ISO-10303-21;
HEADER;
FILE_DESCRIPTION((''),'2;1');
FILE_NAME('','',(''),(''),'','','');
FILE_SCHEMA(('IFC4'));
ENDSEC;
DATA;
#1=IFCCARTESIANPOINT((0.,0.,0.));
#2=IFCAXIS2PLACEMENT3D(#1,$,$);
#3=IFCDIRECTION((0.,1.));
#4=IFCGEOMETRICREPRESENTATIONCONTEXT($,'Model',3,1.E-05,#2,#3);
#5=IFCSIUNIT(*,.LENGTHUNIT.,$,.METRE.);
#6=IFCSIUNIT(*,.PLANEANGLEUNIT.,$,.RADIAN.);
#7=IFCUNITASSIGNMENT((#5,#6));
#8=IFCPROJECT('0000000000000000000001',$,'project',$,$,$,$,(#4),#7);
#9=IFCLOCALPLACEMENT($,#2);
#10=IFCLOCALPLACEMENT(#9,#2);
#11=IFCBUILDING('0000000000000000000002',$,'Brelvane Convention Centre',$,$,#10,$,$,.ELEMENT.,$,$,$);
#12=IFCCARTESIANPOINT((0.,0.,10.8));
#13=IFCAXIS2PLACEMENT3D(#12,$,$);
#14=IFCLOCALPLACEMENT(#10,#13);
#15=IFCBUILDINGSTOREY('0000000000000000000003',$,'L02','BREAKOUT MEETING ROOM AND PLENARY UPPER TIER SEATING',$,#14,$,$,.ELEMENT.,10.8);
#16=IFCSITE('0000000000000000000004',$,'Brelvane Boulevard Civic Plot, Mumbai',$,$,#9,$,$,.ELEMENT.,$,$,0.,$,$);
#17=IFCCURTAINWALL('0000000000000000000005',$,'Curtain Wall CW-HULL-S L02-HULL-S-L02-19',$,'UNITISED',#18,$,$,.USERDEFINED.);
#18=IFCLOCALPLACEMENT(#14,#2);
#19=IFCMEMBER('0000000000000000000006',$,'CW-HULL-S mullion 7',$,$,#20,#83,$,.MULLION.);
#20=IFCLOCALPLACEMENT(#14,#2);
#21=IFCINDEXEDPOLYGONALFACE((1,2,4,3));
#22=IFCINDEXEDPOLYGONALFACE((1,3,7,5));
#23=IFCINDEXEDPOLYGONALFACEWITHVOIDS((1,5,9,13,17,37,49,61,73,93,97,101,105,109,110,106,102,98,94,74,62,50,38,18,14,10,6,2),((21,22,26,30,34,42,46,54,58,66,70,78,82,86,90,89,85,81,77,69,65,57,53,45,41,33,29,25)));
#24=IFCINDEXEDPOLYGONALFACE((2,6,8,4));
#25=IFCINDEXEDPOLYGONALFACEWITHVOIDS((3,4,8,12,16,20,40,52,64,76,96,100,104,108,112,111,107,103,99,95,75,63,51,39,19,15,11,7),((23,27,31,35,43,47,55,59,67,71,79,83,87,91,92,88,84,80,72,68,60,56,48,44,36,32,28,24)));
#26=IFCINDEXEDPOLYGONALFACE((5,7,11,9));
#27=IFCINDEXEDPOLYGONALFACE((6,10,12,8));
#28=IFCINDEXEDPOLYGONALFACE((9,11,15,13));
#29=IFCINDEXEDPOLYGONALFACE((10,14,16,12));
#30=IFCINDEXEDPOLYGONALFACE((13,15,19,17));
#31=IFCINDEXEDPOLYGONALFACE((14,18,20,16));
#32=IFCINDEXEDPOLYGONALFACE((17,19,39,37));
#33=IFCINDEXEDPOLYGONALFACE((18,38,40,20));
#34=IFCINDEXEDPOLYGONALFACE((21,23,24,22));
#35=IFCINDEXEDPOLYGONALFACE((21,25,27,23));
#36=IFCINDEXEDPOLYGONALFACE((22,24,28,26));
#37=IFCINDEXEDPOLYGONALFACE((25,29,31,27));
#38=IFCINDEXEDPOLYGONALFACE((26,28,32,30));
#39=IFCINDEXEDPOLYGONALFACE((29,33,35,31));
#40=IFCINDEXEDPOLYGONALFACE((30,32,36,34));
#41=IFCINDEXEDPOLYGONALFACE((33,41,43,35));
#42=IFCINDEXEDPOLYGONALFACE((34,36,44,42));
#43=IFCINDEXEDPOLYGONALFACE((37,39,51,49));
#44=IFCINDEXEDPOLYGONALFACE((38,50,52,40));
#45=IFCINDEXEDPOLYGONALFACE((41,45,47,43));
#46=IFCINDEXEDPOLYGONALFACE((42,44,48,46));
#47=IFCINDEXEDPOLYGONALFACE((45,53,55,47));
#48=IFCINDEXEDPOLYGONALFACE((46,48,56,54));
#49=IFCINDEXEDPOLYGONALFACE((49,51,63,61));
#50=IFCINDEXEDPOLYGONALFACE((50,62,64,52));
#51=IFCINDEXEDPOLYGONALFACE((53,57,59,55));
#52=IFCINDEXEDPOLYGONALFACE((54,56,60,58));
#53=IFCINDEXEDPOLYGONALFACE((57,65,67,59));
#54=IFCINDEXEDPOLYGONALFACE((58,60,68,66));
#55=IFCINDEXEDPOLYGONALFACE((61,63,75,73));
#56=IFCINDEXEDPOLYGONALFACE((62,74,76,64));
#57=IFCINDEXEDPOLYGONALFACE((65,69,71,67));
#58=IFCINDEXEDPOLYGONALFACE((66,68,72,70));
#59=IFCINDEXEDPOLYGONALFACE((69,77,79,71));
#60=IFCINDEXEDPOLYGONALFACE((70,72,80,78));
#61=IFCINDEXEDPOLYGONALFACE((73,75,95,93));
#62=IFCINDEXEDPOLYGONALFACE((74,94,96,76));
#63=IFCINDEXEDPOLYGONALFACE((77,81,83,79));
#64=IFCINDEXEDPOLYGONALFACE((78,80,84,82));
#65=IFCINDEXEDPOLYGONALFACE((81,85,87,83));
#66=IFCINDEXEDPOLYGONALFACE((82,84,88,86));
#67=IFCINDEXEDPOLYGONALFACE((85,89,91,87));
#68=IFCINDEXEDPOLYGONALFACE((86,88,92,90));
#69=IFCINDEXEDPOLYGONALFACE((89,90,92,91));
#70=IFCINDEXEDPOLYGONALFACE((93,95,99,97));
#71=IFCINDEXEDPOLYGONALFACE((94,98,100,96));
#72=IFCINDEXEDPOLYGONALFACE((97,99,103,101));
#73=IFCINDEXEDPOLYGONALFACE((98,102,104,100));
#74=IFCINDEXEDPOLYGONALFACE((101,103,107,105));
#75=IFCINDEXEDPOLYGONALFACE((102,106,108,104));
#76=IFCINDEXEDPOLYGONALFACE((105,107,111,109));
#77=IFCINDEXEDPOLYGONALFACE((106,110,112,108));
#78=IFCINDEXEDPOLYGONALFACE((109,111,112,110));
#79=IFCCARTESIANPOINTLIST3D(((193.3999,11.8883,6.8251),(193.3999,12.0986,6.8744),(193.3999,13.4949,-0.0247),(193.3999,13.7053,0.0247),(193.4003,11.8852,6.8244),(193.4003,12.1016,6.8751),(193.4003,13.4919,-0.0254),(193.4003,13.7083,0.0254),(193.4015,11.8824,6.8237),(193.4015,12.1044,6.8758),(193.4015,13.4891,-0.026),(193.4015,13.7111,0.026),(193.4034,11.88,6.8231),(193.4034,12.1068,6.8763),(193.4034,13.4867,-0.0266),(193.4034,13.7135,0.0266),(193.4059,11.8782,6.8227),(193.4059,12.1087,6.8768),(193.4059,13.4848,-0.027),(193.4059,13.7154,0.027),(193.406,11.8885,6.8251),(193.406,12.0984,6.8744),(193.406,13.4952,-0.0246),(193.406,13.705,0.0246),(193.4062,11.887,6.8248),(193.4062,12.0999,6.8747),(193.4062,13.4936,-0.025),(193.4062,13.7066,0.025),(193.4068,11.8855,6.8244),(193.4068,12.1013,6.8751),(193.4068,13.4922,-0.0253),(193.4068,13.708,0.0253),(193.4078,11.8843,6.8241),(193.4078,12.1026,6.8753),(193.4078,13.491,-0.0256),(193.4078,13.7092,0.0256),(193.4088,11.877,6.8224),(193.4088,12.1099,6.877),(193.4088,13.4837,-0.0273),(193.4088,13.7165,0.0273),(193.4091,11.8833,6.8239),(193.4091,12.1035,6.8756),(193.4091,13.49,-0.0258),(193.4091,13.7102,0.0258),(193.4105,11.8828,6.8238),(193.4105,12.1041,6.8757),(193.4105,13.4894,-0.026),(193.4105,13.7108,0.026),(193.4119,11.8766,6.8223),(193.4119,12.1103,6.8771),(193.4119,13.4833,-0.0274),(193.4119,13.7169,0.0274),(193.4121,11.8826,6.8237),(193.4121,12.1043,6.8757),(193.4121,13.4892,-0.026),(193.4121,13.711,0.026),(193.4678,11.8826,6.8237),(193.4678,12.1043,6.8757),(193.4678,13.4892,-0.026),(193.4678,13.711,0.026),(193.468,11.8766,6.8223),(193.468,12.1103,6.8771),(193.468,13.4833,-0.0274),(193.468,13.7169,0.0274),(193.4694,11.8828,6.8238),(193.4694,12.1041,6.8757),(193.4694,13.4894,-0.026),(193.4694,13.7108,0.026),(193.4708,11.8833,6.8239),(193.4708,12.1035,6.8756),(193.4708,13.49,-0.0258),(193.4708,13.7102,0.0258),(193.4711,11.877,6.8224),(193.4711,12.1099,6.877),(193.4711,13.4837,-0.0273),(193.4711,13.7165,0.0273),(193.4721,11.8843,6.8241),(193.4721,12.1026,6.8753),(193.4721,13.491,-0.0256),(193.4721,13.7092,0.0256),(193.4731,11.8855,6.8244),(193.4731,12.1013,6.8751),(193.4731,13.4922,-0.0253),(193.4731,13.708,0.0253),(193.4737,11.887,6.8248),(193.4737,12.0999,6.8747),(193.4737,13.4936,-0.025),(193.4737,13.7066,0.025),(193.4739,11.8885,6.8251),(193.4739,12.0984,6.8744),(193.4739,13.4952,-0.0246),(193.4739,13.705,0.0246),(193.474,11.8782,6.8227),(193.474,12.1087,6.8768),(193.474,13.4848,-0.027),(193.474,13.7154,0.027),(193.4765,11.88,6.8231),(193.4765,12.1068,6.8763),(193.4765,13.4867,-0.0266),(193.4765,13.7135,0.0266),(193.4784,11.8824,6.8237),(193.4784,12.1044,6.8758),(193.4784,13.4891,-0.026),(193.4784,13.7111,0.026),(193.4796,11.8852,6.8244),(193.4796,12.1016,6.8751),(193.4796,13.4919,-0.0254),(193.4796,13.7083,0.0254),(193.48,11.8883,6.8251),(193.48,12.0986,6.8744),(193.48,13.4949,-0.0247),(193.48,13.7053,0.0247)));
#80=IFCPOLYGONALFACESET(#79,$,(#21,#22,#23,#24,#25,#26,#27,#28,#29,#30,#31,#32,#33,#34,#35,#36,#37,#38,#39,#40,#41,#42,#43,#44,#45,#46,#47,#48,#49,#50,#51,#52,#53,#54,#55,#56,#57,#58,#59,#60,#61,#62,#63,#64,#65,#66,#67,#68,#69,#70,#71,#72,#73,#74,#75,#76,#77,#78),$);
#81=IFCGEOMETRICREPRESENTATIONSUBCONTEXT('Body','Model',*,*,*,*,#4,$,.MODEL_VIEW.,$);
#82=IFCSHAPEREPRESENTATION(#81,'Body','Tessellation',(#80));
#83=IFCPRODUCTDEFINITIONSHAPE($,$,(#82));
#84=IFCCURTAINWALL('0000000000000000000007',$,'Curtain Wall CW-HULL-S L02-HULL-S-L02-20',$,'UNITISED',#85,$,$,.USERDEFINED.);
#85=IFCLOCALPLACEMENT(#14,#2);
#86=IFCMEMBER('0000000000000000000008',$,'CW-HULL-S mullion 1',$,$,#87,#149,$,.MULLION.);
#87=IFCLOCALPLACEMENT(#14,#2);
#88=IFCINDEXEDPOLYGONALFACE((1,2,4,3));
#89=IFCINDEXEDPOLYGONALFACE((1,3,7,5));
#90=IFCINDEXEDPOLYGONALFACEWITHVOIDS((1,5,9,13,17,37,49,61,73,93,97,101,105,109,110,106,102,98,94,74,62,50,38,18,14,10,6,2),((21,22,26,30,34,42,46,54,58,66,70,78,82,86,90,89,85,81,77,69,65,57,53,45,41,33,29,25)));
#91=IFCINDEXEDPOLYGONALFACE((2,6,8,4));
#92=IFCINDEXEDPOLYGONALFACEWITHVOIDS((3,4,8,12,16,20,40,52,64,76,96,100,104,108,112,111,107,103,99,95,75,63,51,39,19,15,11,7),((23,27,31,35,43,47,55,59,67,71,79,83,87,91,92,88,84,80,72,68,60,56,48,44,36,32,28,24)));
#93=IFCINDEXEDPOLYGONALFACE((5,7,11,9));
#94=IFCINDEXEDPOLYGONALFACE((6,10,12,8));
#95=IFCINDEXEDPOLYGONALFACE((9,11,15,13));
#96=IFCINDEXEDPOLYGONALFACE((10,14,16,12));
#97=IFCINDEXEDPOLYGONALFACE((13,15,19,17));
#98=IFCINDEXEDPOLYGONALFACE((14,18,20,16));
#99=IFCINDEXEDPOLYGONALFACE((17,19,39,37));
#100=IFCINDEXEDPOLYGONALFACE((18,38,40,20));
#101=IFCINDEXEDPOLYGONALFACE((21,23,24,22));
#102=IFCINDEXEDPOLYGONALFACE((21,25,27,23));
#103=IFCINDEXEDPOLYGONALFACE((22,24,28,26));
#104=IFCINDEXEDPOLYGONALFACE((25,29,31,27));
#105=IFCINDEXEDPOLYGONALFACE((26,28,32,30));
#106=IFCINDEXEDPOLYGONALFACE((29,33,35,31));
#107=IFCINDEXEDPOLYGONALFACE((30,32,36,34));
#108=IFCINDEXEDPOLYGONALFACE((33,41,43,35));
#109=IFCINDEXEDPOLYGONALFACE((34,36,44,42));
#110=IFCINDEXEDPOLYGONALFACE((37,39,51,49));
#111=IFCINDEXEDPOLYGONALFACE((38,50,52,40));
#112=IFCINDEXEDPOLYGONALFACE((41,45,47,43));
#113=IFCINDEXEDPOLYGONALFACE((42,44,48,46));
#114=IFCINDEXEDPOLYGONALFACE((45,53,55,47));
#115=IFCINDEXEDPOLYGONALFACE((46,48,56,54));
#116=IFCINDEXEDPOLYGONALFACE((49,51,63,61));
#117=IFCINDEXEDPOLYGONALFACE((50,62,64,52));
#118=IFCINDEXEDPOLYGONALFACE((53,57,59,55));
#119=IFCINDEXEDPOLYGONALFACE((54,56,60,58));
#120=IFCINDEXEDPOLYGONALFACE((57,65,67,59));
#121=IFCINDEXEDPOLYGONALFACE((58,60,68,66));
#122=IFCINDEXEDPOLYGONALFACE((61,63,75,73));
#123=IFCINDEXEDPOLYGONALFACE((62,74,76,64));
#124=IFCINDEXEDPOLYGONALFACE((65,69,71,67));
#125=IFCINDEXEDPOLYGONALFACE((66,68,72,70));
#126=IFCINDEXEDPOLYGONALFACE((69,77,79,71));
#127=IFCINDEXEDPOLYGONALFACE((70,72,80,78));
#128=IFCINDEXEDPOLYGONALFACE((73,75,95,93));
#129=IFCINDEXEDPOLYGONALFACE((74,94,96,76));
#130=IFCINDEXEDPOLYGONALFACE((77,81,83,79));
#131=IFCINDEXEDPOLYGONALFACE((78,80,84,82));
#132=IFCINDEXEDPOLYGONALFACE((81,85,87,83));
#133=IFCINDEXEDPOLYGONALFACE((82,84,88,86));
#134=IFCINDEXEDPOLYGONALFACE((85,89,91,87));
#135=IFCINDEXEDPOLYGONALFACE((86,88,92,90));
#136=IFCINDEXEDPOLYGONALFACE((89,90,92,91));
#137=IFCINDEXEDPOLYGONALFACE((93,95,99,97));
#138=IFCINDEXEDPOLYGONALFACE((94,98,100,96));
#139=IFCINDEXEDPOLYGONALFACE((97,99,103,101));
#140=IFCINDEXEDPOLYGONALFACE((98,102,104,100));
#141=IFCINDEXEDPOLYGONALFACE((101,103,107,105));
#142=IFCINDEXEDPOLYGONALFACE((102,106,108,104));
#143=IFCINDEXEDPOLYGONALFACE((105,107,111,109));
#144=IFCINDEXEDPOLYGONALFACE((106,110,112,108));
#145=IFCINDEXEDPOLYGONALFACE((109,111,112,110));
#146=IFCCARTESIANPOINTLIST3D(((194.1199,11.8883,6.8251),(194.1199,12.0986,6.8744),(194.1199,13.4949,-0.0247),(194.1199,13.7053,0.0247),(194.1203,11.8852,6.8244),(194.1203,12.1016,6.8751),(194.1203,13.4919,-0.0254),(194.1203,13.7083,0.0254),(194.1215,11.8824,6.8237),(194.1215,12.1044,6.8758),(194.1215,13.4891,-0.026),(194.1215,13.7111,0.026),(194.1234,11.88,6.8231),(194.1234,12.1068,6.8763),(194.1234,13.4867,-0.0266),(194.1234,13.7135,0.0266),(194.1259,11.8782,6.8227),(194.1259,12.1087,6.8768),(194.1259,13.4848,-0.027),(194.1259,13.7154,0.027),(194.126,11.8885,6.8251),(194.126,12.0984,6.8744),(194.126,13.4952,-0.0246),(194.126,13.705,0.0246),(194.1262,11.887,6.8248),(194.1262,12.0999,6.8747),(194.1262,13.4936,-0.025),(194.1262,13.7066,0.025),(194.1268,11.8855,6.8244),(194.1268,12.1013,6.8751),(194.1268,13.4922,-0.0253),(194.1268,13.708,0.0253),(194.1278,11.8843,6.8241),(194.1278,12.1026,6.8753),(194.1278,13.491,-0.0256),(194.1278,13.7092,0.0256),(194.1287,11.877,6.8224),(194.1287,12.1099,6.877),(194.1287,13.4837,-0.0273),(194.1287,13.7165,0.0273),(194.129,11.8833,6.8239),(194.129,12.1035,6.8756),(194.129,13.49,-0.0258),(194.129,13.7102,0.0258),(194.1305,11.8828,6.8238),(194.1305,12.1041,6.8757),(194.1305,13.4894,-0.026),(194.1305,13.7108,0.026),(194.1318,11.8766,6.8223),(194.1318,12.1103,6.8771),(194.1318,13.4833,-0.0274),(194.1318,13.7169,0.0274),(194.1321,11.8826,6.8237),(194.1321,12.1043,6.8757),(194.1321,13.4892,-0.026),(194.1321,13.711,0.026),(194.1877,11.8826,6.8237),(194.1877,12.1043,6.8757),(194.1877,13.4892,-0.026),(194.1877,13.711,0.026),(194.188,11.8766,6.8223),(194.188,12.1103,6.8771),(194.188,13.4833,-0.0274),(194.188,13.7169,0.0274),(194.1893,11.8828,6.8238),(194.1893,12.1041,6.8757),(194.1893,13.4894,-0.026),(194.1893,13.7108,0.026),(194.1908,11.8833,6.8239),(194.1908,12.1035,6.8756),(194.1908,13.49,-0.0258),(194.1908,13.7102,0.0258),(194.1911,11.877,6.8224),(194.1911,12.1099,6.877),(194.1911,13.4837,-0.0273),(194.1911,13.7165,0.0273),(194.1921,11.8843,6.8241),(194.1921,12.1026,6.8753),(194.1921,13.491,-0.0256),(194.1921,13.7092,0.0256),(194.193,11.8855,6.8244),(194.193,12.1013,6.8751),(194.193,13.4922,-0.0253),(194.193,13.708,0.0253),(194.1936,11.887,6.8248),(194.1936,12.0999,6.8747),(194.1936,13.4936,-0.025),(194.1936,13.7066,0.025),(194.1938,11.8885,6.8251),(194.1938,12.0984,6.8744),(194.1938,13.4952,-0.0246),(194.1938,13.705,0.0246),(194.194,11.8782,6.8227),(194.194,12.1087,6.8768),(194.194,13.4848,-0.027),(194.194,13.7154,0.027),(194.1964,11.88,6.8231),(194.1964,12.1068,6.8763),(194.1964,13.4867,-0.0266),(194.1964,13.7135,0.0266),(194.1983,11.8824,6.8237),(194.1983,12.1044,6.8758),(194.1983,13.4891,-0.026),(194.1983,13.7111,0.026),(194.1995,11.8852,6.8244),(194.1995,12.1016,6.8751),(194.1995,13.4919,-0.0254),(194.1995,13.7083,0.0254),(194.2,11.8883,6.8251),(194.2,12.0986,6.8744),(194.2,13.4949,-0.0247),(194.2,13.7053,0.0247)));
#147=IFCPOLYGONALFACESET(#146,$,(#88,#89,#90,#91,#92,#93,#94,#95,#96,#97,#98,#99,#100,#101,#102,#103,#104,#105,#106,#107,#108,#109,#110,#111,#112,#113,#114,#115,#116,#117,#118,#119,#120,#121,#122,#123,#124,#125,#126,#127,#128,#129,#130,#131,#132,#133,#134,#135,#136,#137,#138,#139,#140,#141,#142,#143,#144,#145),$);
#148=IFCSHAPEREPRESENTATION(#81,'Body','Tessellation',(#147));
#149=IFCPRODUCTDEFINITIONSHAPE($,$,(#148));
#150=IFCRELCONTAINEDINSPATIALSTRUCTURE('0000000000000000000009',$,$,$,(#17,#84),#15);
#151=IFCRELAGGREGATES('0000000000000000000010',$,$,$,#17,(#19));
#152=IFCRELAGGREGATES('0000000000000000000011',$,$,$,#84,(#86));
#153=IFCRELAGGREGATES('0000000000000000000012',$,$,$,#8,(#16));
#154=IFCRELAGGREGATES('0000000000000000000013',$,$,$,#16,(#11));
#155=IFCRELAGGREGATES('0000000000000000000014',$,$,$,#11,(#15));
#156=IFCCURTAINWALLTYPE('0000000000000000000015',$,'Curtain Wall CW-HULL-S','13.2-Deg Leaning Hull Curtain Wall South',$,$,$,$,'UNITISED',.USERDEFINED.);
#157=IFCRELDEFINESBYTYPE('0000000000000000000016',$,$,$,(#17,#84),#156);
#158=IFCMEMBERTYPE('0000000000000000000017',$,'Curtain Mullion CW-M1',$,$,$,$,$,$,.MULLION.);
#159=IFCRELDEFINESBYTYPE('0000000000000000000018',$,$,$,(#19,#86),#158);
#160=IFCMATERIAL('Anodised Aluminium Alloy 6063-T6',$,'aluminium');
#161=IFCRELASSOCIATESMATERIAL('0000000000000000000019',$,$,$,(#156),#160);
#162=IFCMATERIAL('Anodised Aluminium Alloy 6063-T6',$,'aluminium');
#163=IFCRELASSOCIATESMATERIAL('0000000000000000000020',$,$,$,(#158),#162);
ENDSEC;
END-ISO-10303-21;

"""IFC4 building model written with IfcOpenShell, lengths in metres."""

from ifc_helpers import new_model, si_unit, direction, frame, origin, origin_2d, place, context, subcontext, project, spatial, hollow_rectangle, extrude, material, material_profile, profile_set, type_object, element, aggregate, save


model = new_model("IFC4")

# Units and contexts
model_context = context("Model", 3, precision=1e-05, world=origin(), true_north=direction((0.0, 1.0)))
body_context = subcontext(model_context, "Body", "Model", "MODEL_VIEW")
ifc_project = project(units=[si_unit("LENGTHUNIT", "METRE"), si_unit("PLANEANGLEUNIT", "RADIAN")], contexts=[model_context])

# Site, building, storey
site_placement = place(None, origin())
site = spatial("IfcSite", under=ifc_project, at=site_placement, Name="Brelvane Boulevard Civic Plot, Mumbai", CompositionType="ELEMENT", RefElevation=0.0)
building_placement = place(site_placement, origin())
building = spatial("IfcBuilding", under=site, at=building_placement, Name="Brelvane Convention Centre", CompositionType="ELEMENT")
storey_placement = place(building_placement, frame((0.0, 0.0, 10.8)))
storey = spatial("IfcBuildingStorey", under=building, at=storey_placement, Name="L02", Description="BREAKOUT MEETING ROOM AND PLENARY UPPER TIER SEATING", CompositionType="ELEMENT", Elevation=10.8)

# Curtain walls, members
ifc_material_1 = material(Name="Anodised Aluminium Alloy 6063-T6", Category="aluminium")
curtain_wall_type = type_object("IfcCurtainWallType", Name="Curtain Wall CW-HULL-S", Description="13.2-Deg Leaning Hull Curtain Wall South", ElementType="UNITISED", PredefinedType="USERDEFINED", material=ifc_material_1)
curtain_wall_1_placement = place(storey_placement, origin())
curtain_wall_1 = element("IfcCurtainWall", 1, at=curtain_wall_1_placement, inside=storey, type_object=curtain_wall_type, Name="Curtain Wall CW-HULL-S L02-HULL-S-L02-19", ObjectType="UNITISED", PredefinedType="USERDEFINED")
ifc_material_2 = material(Name="Anodised Aluminium Alloy 6063-T6", Category="aluminium")
ifc_material_profile_1 = material_profile(ifc_material_2, hollow_rectangle(XDim=0.0801, YDim=0.24, WallThickness=0.0061, InnerFilletRadius=0.0061, OuterFilletRadius=0.012, at=origin_2d()), Name="ALU-M 240x80x6.0")
ifc_profile_set_1 = profile_set([ifc_material_profile_1], Name="Anodised Aluminium Alloy 6063-T6")
member_type_1 = type_object("IfcMemberType", Name="Curtain Mullion CW-M1", PredefinedType="MULLION", material=ifc_profile_set_1)
member_1_placement = place(storey_placement, frame((193.4399, 13.6001, 0.0), z_axis=(0.0, -0.22836, 0.973577), x_axis=(1.0, 0.0, 0.0)))
member_1 = element("IfcMember", 2, at=member_1_placement, type_object=member_type_1, Name="CW-HULL-S mullion 7", PredefinedType="MULLION", context=body_context, shape_type="SweptSolid", body=[
    extrude(hollow_rectangle(XDim=0.0801, YDim=0.24, WallThickness=0.0061, InnerFilletRadius=0.0061, OuterFilletRadius=0.012, at=origin_2d()), origin(), (0.0, 0.0, 1.0), 7.0356),
])
curtain_wall_2_placement = place(storey_placement, origin())
curtain_wall_2 = element("IfcCurtainWall", 3, at=curtain_wall_2_placement, inside=storey, type_object=curtain_wall_type, Name="Curtain Wall CW-HULL-S L02-HULL-S-L02-20", ObjectType="UNITISED", PredefinedType="USERDEFINED")
member_2_placement = place(storey_placement, frame((194.1599, 13.6001, 0.0), z_axis=(0.0, -0.22836, 0.973577), x_axis=(1.0, 0.0, 0.0)))
member_2 = element("IfcMember", 4, at=member_2_placement, type_object=member_type_1, Name="CW-HULL-S mullion 1", PredefinedType="MULLION", context=body_context, shape_type="SweptSolid", body=[
    extrude(hollow_rectangle(XDim=0.0801, YDim=0.24, WallThickness=0.0061, InnerFilletRadius=0.0061, OuterFilletRadius=0.012, at=origin_2d()), origin(), (0.0, 0.0, 1.0), 7.0356),
])

aggregate(curtain_wall_1, [member_1])

aggregate(curtain_wall_2, [member_2])

save(model, "model.ifc")
